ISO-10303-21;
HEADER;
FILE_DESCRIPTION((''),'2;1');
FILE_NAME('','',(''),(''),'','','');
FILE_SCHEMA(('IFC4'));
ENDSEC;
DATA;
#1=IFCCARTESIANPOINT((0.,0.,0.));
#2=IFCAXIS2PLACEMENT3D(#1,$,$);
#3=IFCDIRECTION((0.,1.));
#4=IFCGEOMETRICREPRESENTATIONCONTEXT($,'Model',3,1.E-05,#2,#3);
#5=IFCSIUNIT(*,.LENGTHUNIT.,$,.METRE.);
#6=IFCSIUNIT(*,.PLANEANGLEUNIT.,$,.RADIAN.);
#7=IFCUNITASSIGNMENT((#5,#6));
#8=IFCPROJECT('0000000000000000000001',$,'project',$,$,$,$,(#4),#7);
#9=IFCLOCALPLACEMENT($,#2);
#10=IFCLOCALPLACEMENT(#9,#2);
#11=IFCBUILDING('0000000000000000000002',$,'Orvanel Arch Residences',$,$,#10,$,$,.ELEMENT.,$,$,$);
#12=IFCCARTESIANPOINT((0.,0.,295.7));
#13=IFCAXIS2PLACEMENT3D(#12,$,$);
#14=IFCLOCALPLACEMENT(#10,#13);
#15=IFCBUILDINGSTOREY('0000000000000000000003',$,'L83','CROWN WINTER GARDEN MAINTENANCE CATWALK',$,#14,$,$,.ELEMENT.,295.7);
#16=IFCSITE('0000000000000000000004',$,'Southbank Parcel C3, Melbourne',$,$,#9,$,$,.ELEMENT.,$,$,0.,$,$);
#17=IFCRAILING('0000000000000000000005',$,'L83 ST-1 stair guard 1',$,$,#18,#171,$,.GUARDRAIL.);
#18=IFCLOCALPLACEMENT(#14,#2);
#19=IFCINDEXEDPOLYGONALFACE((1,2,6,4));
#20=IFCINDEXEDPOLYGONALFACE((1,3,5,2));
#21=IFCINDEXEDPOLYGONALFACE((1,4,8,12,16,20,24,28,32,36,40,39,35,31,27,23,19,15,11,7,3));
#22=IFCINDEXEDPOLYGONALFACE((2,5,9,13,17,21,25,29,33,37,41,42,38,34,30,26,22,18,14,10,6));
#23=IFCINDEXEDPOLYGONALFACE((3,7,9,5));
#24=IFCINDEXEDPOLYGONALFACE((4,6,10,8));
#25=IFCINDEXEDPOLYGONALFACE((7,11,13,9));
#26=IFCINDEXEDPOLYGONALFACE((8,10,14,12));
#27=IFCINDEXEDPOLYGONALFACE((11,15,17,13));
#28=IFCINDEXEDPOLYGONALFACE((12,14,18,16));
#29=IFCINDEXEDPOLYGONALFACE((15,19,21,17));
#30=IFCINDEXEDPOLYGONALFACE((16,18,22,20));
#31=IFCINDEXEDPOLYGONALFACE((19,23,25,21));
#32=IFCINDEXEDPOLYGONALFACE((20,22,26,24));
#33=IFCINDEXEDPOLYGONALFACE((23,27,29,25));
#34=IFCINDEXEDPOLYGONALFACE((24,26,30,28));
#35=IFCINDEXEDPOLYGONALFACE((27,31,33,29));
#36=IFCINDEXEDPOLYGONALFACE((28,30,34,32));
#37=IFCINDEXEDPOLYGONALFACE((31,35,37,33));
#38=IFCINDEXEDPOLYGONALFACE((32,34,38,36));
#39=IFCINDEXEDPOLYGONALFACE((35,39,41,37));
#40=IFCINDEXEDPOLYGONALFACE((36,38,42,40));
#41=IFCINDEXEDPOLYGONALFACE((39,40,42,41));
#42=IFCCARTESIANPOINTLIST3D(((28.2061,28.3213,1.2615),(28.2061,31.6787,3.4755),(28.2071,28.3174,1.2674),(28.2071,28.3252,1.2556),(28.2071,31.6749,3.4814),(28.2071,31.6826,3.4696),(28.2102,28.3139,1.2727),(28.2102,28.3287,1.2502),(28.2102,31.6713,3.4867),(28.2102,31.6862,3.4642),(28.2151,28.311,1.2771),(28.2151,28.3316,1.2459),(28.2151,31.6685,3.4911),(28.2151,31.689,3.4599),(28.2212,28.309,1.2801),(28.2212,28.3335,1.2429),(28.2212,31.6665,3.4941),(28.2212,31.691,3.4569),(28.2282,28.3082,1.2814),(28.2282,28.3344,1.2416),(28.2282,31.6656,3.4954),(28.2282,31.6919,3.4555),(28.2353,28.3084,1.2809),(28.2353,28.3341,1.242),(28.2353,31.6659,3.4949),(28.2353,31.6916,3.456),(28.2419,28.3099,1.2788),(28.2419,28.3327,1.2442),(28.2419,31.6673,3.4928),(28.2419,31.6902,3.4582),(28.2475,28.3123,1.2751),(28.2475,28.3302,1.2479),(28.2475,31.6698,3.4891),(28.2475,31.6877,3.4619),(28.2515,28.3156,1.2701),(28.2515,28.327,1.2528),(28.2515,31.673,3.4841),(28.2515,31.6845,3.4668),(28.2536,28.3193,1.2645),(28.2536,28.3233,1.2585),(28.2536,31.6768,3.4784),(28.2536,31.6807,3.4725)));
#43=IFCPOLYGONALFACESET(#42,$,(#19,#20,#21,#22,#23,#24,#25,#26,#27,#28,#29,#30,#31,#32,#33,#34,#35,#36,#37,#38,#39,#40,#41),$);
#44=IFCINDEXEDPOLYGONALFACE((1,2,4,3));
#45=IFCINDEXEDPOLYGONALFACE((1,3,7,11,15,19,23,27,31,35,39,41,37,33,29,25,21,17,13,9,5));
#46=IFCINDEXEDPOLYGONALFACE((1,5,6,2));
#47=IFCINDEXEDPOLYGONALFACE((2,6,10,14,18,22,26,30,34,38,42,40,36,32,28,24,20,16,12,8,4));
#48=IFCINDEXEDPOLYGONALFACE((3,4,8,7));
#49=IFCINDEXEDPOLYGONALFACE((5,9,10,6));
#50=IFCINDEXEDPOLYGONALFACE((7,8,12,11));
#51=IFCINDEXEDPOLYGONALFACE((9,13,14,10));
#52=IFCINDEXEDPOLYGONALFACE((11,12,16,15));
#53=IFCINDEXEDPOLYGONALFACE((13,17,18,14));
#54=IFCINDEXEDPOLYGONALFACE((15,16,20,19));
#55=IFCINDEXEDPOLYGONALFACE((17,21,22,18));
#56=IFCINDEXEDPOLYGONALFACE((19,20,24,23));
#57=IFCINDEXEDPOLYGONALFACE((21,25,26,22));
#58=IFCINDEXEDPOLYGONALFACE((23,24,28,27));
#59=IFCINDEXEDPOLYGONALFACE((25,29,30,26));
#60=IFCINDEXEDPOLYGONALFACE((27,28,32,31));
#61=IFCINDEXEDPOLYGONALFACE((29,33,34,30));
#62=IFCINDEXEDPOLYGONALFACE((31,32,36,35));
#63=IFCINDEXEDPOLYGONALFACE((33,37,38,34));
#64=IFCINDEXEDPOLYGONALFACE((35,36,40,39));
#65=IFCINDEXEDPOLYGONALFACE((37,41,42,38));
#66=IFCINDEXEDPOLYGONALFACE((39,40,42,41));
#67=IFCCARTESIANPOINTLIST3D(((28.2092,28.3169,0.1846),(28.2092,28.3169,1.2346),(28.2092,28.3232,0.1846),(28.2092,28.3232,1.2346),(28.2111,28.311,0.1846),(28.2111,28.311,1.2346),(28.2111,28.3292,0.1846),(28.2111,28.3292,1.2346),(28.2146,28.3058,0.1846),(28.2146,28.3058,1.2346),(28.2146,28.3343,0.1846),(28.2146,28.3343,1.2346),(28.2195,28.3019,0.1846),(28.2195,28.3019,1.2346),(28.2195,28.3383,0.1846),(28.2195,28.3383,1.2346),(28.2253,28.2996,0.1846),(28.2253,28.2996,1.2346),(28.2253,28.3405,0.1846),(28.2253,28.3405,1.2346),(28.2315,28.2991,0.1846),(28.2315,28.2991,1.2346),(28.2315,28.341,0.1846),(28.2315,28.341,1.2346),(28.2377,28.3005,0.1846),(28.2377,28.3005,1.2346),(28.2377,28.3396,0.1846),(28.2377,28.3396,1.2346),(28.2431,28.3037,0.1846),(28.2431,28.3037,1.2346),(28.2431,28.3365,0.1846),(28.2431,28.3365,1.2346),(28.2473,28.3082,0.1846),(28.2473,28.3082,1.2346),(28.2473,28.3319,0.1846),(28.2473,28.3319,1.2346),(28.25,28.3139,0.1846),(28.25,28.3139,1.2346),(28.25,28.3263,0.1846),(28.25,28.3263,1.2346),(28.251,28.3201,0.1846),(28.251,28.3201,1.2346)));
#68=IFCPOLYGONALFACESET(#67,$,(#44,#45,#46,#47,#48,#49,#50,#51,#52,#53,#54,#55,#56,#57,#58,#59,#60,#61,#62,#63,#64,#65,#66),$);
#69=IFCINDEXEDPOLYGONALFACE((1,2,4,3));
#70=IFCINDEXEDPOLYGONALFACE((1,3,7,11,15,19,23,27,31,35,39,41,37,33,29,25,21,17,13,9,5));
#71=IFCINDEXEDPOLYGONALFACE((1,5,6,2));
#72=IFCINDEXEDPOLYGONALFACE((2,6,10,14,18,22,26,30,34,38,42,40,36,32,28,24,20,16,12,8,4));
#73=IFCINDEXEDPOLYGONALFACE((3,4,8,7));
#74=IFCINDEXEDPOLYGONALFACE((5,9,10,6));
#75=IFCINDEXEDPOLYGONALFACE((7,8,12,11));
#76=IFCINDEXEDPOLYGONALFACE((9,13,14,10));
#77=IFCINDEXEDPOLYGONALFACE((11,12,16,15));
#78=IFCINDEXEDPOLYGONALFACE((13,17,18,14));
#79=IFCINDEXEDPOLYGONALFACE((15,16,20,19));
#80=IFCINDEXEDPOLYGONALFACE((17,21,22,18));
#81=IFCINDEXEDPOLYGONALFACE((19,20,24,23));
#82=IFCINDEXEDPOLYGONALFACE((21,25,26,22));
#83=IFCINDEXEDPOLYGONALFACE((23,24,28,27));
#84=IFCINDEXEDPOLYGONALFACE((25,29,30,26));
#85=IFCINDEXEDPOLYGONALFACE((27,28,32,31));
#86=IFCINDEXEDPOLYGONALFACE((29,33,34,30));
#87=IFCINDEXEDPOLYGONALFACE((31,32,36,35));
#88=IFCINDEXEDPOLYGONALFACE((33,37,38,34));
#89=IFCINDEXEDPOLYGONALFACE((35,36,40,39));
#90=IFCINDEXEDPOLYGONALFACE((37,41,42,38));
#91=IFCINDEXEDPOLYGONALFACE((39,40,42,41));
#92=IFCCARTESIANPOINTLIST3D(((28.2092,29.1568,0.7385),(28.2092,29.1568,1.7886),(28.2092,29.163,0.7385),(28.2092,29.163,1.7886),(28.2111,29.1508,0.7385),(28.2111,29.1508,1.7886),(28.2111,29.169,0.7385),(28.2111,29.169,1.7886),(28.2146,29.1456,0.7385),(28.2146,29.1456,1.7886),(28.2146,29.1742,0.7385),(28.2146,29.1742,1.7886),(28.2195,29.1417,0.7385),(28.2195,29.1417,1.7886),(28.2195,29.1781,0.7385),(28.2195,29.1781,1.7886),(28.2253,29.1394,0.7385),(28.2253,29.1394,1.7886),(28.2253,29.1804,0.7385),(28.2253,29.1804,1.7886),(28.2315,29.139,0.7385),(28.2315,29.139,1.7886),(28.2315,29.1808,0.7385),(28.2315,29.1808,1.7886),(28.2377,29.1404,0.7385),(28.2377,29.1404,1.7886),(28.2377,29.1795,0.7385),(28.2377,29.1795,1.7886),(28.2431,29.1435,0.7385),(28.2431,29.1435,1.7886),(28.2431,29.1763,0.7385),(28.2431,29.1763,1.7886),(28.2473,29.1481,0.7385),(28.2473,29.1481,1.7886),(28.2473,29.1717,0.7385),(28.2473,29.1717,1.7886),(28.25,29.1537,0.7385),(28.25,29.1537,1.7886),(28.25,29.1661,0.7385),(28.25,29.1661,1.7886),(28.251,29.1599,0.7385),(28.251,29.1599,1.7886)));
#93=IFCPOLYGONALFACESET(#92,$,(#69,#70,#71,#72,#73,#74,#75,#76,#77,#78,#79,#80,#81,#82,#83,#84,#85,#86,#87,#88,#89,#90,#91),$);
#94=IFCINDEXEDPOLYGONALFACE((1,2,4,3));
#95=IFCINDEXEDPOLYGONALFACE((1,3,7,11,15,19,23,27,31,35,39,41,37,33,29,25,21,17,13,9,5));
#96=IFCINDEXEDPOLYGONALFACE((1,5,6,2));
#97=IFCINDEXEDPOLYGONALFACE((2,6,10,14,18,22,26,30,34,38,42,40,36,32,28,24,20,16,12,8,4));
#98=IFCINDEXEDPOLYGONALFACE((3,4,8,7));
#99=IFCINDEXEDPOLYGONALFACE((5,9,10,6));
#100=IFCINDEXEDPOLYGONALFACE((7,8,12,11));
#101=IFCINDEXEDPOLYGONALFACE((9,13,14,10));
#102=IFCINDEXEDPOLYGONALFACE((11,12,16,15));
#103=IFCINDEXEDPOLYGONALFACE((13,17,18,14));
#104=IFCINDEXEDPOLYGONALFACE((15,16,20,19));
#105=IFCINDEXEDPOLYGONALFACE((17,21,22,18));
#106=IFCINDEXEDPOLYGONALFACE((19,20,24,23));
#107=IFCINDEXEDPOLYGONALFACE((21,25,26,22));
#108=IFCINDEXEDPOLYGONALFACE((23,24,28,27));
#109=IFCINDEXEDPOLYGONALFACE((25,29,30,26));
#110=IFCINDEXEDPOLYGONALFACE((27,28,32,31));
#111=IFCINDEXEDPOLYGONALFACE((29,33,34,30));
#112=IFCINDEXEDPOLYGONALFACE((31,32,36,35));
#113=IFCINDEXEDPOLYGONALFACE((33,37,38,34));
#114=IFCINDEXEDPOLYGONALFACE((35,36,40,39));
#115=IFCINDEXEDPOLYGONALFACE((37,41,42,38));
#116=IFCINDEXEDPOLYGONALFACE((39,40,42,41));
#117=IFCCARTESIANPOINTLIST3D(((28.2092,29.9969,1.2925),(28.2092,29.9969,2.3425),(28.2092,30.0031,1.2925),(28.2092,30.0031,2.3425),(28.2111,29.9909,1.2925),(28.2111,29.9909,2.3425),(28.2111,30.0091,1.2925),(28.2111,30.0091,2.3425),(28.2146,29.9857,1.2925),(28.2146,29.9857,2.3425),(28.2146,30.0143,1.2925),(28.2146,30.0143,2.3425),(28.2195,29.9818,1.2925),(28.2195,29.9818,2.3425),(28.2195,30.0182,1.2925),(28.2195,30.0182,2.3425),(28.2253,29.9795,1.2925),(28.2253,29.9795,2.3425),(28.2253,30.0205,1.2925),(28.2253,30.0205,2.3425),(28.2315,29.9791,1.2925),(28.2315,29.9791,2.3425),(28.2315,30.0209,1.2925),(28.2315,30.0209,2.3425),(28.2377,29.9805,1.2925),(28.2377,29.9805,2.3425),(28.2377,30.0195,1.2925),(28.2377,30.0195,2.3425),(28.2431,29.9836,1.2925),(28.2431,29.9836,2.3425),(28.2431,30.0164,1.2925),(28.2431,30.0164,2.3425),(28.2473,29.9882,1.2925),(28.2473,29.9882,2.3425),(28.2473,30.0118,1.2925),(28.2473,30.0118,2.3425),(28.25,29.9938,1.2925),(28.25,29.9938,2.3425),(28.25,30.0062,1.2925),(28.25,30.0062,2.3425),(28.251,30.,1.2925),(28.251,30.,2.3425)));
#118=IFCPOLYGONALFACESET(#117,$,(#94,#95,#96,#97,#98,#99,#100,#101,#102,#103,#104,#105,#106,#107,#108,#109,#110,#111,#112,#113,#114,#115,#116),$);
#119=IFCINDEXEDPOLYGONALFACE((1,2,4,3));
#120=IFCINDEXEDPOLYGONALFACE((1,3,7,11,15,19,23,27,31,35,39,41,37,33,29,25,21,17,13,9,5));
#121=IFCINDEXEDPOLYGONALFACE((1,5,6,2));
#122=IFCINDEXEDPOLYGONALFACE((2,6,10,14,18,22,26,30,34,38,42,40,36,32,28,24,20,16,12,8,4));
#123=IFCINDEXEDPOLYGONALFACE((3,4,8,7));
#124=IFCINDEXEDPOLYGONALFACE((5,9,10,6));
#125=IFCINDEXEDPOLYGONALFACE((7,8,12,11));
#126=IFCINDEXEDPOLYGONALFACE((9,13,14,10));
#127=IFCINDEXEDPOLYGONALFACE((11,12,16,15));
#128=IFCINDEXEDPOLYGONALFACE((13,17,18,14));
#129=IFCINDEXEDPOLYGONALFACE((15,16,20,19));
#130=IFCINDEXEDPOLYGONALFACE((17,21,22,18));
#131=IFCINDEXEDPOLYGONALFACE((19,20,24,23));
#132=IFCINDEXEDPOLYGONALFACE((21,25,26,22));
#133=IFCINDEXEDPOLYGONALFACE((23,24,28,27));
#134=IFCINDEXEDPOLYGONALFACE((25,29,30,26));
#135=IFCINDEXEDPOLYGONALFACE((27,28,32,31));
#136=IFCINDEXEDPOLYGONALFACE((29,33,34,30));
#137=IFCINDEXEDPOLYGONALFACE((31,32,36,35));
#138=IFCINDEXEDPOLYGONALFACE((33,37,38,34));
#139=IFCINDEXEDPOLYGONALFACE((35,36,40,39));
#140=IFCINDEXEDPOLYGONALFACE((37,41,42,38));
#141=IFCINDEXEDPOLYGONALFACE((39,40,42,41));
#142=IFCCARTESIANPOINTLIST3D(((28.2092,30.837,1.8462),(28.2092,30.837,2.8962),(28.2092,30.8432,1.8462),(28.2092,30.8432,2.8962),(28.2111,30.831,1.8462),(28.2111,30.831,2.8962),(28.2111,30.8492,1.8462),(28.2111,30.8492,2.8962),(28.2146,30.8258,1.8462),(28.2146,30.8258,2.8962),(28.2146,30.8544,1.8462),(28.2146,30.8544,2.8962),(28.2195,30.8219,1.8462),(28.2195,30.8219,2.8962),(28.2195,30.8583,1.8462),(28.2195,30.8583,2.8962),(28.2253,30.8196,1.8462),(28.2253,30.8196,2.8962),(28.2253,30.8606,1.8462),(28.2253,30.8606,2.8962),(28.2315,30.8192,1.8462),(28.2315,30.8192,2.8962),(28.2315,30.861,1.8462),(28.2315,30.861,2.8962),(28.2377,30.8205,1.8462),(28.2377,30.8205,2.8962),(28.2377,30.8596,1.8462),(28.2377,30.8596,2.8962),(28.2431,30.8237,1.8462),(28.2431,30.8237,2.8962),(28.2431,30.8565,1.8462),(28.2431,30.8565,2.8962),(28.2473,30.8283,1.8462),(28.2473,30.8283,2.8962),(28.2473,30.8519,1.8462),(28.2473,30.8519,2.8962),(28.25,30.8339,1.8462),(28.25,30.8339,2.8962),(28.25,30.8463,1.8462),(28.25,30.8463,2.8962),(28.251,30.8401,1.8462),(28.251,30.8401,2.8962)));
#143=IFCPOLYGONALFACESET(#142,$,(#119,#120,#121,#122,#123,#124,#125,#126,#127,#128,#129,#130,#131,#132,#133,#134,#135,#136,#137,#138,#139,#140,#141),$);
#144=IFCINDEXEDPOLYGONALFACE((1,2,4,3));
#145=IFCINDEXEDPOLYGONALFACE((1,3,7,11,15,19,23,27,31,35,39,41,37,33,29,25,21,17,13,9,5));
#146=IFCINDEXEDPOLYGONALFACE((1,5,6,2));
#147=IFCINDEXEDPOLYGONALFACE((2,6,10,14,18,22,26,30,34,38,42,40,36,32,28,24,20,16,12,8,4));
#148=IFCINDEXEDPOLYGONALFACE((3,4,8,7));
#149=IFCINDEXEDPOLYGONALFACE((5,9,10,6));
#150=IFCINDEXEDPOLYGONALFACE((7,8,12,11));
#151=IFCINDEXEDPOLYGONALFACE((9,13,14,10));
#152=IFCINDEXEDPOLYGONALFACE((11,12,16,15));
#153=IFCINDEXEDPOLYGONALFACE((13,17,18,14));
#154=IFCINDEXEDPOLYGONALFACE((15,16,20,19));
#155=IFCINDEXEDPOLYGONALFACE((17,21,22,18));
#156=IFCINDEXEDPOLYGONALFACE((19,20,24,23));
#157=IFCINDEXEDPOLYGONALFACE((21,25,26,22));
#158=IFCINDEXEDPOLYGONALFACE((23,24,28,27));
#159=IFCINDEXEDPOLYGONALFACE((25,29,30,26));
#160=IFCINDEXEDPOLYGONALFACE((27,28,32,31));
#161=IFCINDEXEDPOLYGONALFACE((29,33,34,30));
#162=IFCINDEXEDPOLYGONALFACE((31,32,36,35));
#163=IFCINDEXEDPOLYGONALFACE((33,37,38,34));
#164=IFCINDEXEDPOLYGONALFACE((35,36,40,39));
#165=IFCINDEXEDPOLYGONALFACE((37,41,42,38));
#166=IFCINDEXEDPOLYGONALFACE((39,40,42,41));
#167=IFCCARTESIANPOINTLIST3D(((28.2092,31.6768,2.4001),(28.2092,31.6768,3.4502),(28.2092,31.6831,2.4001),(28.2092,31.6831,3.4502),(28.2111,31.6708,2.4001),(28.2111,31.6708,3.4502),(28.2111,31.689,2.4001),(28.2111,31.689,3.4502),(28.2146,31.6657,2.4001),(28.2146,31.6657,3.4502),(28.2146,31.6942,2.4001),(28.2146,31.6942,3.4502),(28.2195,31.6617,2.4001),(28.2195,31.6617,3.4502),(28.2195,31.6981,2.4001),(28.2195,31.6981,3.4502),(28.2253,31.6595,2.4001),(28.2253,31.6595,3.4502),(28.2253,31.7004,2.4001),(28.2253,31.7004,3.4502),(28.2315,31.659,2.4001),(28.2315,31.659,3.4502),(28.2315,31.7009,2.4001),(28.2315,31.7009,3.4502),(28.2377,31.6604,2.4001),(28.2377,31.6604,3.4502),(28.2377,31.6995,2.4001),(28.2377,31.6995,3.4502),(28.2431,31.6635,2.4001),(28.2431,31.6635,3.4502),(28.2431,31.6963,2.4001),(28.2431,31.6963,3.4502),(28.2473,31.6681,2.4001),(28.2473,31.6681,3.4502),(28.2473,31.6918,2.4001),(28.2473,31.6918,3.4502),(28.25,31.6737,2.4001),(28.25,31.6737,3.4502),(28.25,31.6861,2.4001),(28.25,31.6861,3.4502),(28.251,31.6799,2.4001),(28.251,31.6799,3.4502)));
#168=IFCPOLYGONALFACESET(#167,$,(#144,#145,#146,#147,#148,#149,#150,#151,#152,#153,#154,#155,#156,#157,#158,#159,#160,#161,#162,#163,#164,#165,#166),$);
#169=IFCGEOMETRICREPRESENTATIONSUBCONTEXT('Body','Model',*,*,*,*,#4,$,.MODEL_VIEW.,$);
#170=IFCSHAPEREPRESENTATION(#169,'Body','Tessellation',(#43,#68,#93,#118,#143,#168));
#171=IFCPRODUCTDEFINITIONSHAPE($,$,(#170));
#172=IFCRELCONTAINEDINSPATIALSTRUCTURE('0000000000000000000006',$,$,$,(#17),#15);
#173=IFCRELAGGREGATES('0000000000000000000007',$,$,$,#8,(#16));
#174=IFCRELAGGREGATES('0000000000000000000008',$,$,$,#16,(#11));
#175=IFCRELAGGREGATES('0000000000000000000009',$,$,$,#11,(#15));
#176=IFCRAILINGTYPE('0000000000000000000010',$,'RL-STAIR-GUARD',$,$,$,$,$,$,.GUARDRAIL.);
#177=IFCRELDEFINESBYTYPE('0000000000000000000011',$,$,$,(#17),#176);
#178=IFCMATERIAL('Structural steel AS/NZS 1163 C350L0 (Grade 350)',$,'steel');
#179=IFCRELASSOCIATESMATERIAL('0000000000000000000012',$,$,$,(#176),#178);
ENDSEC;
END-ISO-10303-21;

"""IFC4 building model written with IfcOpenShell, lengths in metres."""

from ifc_helpers import new_model, si_unit, direction, frame, origin, origin_2d, place, context, subcontext, project, spatial, circle, extrude, material, type_object, element, save


model = new_model("IFC4")

# Units and contexts
model_context = context("Model", 3, precision=1e-05, world=origin(), true_north=direction((0.0, 1.0)))
body_context = subcontext(model_context, "Body", "Model", "MODEL_VIEW")
ifc_project = project(units=[si_unit("LENGTHUNIT", "METRE"), si_unit("PLANEANGLEUNIT", "RADIAN")], contexts=[model_context])

# Site, building, storey
site_placement = place(None, origin())
site = spatial("IfcSite", under=ifc_project, at=site_placement, Name="Southbank Parcel C3, Melbourne", CompositionType="ELEMENT", RefElevation=0.0)
building_placement = place(site_placement, origin())
building = spatial("IfcBuilding", under=site, at=building_placement, Name="Orvanel Arch Residences", CompositionType="ELEMENT")
storey_placement = place(building_placement, frame((0.0, 0.0, 295.7)))
storey = spatial("IfcBuildingStorey", under=building, at=storey_placement, Name="L83", Description="CROWN WINTER GARDEN MAINTENANCE CATWALK", CompositionType="ELEMENT", Elevation=295.7)

# Shared definitions
ifc_material_1 = material(Name="Structural steel AS/NZS 1163 C350L0 (Grade 350)", Category="steel")

# Railing
railing_type_1 = type_object("IfcRailingType", Name="RL-STAIR-GUARD", PredefinedType="GUARDRAIL", material=ifc_material_1)
railing_1_placement = place(storey_placement, frame((28.23, 28.3201, 0.1846)))
element("IfcRailing", 1, at=railing_1_placement, inside=storey, type_object=railing_type_1, Name="L83 ST-1 stair guard 1", PredefinedType="GUARDRAIL", context=body_context, shape_type="SweptSolid", body=[
    extrude(circle(Radius=0.0239, at=origin_2d()), frame((0.0, 0.0012, 1.0769), z_axis=(0.0, 0.83483, 0.550508), x_axis=(-1.0, 0.0, 0.0)), (0.0, 0.0, 1.0), 4.0217),
    extrude(circle(Radius=0.021, at=origin_2d()), origin(), (0.0, 0.0, 1.0), 1.05),
    extrude(circle(Radius=0.021, at=origin_2d()), frame((0.0, 0.8398, 0.554)), (0.0, 0.0, 1.0), 1.05),
    extrude(circle(Radius=0.021, at=origin_2d()), frame((0.0, 1.6799, 1.1079)), (0.0, 0.0, 1.0), 1.05),
    extrude(circle(Radius=0.021, at=origin_2d()), frame((0.0, 2.52, 1.6616)), (0.0, 0.0, 1.0), 1.05),
    extrude(circle(Radius=0.021, at=origin_2d()), frame((0.0, 3.3599, 2.2156)), (0.0, 0.0, 1.0), 1.05),
])

save(model, "model.ifc")
